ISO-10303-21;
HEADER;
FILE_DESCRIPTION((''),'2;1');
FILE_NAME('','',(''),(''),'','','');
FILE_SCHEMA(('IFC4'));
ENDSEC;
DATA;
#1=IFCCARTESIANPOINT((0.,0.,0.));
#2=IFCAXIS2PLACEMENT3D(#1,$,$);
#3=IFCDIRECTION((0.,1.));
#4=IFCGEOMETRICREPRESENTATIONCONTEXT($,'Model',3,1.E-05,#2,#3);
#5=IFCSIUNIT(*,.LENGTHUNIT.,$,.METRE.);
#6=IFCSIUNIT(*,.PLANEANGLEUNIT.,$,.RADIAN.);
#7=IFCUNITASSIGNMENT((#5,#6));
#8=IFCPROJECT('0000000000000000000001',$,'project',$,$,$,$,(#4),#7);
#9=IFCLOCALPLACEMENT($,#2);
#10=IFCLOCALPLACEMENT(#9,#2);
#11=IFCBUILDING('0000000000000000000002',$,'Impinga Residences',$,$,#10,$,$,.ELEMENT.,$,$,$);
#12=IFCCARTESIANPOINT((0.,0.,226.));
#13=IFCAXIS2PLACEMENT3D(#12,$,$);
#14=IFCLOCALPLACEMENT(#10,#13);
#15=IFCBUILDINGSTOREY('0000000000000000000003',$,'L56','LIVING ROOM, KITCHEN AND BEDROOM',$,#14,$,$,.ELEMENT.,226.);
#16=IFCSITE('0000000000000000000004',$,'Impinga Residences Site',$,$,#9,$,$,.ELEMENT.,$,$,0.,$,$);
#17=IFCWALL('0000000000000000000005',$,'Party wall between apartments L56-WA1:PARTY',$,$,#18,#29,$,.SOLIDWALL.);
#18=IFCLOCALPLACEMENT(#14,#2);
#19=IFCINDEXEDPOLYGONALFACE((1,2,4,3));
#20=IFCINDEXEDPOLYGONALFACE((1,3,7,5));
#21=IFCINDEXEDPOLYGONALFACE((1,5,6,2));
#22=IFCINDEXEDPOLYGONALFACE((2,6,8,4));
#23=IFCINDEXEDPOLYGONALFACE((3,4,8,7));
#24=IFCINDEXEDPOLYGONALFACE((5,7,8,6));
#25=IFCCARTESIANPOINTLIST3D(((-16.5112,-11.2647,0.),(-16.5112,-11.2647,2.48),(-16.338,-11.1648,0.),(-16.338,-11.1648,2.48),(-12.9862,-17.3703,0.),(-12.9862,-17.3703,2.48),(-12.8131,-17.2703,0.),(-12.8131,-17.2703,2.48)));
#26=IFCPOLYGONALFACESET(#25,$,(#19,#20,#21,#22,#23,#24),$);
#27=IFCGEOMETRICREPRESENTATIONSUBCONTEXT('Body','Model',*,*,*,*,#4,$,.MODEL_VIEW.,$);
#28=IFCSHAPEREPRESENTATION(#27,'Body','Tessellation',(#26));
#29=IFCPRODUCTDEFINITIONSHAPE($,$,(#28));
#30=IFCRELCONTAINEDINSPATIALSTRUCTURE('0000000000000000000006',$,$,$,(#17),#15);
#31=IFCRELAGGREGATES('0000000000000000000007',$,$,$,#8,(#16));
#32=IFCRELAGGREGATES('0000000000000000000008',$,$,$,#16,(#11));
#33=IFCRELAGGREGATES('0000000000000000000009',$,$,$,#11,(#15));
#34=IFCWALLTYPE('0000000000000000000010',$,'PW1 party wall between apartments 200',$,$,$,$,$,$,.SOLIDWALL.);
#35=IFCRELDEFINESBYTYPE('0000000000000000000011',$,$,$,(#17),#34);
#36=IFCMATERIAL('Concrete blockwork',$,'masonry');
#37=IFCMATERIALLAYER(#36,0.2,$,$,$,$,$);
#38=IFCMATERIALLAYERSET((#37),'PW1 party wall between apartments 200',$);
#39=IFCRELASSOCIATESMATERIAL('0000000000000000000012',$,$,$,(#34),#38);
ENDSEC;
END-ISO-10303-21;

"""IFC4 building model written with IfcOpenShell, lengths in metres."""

from ifc_helpers import new_model, si_unit, direction, frame, frame_2d, origin, place, context, subcontext, project, spatial, rectangle, extrude, material, layer, layer_set, type_object, element, save


model = new_model("IFC4")

# Units and contexts
model_context = context("Model", 3, precision=1e-05, world=origin(), true_north=direction((0.0, 1.0)))
body_context = subcontext(model_context, "Body", "Model", "MODEL_VIEW")
ifc_project = project(units=[si_unit("LENGTHUNIT", "METRE"), si_unit("PLANEANGLEUNIT", "RADIAN")], contexts=[model_context])

# Site, building, storey
site_placement = place(None, origin())
site = spatial("IfcSite", under=ifc_project, at=site_placement, Name="Impinga Residences Site", CompositionType="ELEMENT", RefElevation=0.0)
building_placement = place(site_placement, origin())
building = spatial("IfcBuilding", under=site, at=building_placement, Name="Impinga Residences", CompositionType="ELEMENT")
storey_placement = place(building_placement, frame((0.0, 0.0, 226.0)))
storey = spatial("IfcBuildingStorey", under=building, at=storey_placement, Name="L56", Description="LIVING ROOM, KITCHEN AND BEDROOM", CompositionType="ELEMENT", Elevation=226.0)

# Wall
ifc_material_1 = material(Name="Concrete blockwork", Category="masonry")
ifc_layer_1 = layer(ifc_material_1, 0.2)
ifc_layer_set_1 = layer_set([ifc_layer_1], Name="PW1 party wall between apartments 200")
wall_type_1 = type_object("IfcWallType", Name="PW1 party wall between apartments 200", PredefinedType="SOLIDWALL", material=ifc_layer_set_1)
wall_1_placement = place(storey_placement, frame((-16.4246, -11.2148, 0.0), z_axis=(0.0, 0.0, 1.0), x_axis=(0.49999, -0.866031, 0.0)))
element("IfcWall", 1, at=wall_1_placement, inside=storey, type_object=wall_type_1, Name="Party wall between apartments L56-WA1:PARTY", PredefinedType="SOLIDWALL", context=body_context, shape_type="SweptSolid", body=[
    extrude(rectangle(XDim=7.05, YDim=0.2, at=frame_2d((3.5249, 0.0))), origin(), (0.0, 0.0, 1.0), 2.48),
])

save(model, "model.ifc")
